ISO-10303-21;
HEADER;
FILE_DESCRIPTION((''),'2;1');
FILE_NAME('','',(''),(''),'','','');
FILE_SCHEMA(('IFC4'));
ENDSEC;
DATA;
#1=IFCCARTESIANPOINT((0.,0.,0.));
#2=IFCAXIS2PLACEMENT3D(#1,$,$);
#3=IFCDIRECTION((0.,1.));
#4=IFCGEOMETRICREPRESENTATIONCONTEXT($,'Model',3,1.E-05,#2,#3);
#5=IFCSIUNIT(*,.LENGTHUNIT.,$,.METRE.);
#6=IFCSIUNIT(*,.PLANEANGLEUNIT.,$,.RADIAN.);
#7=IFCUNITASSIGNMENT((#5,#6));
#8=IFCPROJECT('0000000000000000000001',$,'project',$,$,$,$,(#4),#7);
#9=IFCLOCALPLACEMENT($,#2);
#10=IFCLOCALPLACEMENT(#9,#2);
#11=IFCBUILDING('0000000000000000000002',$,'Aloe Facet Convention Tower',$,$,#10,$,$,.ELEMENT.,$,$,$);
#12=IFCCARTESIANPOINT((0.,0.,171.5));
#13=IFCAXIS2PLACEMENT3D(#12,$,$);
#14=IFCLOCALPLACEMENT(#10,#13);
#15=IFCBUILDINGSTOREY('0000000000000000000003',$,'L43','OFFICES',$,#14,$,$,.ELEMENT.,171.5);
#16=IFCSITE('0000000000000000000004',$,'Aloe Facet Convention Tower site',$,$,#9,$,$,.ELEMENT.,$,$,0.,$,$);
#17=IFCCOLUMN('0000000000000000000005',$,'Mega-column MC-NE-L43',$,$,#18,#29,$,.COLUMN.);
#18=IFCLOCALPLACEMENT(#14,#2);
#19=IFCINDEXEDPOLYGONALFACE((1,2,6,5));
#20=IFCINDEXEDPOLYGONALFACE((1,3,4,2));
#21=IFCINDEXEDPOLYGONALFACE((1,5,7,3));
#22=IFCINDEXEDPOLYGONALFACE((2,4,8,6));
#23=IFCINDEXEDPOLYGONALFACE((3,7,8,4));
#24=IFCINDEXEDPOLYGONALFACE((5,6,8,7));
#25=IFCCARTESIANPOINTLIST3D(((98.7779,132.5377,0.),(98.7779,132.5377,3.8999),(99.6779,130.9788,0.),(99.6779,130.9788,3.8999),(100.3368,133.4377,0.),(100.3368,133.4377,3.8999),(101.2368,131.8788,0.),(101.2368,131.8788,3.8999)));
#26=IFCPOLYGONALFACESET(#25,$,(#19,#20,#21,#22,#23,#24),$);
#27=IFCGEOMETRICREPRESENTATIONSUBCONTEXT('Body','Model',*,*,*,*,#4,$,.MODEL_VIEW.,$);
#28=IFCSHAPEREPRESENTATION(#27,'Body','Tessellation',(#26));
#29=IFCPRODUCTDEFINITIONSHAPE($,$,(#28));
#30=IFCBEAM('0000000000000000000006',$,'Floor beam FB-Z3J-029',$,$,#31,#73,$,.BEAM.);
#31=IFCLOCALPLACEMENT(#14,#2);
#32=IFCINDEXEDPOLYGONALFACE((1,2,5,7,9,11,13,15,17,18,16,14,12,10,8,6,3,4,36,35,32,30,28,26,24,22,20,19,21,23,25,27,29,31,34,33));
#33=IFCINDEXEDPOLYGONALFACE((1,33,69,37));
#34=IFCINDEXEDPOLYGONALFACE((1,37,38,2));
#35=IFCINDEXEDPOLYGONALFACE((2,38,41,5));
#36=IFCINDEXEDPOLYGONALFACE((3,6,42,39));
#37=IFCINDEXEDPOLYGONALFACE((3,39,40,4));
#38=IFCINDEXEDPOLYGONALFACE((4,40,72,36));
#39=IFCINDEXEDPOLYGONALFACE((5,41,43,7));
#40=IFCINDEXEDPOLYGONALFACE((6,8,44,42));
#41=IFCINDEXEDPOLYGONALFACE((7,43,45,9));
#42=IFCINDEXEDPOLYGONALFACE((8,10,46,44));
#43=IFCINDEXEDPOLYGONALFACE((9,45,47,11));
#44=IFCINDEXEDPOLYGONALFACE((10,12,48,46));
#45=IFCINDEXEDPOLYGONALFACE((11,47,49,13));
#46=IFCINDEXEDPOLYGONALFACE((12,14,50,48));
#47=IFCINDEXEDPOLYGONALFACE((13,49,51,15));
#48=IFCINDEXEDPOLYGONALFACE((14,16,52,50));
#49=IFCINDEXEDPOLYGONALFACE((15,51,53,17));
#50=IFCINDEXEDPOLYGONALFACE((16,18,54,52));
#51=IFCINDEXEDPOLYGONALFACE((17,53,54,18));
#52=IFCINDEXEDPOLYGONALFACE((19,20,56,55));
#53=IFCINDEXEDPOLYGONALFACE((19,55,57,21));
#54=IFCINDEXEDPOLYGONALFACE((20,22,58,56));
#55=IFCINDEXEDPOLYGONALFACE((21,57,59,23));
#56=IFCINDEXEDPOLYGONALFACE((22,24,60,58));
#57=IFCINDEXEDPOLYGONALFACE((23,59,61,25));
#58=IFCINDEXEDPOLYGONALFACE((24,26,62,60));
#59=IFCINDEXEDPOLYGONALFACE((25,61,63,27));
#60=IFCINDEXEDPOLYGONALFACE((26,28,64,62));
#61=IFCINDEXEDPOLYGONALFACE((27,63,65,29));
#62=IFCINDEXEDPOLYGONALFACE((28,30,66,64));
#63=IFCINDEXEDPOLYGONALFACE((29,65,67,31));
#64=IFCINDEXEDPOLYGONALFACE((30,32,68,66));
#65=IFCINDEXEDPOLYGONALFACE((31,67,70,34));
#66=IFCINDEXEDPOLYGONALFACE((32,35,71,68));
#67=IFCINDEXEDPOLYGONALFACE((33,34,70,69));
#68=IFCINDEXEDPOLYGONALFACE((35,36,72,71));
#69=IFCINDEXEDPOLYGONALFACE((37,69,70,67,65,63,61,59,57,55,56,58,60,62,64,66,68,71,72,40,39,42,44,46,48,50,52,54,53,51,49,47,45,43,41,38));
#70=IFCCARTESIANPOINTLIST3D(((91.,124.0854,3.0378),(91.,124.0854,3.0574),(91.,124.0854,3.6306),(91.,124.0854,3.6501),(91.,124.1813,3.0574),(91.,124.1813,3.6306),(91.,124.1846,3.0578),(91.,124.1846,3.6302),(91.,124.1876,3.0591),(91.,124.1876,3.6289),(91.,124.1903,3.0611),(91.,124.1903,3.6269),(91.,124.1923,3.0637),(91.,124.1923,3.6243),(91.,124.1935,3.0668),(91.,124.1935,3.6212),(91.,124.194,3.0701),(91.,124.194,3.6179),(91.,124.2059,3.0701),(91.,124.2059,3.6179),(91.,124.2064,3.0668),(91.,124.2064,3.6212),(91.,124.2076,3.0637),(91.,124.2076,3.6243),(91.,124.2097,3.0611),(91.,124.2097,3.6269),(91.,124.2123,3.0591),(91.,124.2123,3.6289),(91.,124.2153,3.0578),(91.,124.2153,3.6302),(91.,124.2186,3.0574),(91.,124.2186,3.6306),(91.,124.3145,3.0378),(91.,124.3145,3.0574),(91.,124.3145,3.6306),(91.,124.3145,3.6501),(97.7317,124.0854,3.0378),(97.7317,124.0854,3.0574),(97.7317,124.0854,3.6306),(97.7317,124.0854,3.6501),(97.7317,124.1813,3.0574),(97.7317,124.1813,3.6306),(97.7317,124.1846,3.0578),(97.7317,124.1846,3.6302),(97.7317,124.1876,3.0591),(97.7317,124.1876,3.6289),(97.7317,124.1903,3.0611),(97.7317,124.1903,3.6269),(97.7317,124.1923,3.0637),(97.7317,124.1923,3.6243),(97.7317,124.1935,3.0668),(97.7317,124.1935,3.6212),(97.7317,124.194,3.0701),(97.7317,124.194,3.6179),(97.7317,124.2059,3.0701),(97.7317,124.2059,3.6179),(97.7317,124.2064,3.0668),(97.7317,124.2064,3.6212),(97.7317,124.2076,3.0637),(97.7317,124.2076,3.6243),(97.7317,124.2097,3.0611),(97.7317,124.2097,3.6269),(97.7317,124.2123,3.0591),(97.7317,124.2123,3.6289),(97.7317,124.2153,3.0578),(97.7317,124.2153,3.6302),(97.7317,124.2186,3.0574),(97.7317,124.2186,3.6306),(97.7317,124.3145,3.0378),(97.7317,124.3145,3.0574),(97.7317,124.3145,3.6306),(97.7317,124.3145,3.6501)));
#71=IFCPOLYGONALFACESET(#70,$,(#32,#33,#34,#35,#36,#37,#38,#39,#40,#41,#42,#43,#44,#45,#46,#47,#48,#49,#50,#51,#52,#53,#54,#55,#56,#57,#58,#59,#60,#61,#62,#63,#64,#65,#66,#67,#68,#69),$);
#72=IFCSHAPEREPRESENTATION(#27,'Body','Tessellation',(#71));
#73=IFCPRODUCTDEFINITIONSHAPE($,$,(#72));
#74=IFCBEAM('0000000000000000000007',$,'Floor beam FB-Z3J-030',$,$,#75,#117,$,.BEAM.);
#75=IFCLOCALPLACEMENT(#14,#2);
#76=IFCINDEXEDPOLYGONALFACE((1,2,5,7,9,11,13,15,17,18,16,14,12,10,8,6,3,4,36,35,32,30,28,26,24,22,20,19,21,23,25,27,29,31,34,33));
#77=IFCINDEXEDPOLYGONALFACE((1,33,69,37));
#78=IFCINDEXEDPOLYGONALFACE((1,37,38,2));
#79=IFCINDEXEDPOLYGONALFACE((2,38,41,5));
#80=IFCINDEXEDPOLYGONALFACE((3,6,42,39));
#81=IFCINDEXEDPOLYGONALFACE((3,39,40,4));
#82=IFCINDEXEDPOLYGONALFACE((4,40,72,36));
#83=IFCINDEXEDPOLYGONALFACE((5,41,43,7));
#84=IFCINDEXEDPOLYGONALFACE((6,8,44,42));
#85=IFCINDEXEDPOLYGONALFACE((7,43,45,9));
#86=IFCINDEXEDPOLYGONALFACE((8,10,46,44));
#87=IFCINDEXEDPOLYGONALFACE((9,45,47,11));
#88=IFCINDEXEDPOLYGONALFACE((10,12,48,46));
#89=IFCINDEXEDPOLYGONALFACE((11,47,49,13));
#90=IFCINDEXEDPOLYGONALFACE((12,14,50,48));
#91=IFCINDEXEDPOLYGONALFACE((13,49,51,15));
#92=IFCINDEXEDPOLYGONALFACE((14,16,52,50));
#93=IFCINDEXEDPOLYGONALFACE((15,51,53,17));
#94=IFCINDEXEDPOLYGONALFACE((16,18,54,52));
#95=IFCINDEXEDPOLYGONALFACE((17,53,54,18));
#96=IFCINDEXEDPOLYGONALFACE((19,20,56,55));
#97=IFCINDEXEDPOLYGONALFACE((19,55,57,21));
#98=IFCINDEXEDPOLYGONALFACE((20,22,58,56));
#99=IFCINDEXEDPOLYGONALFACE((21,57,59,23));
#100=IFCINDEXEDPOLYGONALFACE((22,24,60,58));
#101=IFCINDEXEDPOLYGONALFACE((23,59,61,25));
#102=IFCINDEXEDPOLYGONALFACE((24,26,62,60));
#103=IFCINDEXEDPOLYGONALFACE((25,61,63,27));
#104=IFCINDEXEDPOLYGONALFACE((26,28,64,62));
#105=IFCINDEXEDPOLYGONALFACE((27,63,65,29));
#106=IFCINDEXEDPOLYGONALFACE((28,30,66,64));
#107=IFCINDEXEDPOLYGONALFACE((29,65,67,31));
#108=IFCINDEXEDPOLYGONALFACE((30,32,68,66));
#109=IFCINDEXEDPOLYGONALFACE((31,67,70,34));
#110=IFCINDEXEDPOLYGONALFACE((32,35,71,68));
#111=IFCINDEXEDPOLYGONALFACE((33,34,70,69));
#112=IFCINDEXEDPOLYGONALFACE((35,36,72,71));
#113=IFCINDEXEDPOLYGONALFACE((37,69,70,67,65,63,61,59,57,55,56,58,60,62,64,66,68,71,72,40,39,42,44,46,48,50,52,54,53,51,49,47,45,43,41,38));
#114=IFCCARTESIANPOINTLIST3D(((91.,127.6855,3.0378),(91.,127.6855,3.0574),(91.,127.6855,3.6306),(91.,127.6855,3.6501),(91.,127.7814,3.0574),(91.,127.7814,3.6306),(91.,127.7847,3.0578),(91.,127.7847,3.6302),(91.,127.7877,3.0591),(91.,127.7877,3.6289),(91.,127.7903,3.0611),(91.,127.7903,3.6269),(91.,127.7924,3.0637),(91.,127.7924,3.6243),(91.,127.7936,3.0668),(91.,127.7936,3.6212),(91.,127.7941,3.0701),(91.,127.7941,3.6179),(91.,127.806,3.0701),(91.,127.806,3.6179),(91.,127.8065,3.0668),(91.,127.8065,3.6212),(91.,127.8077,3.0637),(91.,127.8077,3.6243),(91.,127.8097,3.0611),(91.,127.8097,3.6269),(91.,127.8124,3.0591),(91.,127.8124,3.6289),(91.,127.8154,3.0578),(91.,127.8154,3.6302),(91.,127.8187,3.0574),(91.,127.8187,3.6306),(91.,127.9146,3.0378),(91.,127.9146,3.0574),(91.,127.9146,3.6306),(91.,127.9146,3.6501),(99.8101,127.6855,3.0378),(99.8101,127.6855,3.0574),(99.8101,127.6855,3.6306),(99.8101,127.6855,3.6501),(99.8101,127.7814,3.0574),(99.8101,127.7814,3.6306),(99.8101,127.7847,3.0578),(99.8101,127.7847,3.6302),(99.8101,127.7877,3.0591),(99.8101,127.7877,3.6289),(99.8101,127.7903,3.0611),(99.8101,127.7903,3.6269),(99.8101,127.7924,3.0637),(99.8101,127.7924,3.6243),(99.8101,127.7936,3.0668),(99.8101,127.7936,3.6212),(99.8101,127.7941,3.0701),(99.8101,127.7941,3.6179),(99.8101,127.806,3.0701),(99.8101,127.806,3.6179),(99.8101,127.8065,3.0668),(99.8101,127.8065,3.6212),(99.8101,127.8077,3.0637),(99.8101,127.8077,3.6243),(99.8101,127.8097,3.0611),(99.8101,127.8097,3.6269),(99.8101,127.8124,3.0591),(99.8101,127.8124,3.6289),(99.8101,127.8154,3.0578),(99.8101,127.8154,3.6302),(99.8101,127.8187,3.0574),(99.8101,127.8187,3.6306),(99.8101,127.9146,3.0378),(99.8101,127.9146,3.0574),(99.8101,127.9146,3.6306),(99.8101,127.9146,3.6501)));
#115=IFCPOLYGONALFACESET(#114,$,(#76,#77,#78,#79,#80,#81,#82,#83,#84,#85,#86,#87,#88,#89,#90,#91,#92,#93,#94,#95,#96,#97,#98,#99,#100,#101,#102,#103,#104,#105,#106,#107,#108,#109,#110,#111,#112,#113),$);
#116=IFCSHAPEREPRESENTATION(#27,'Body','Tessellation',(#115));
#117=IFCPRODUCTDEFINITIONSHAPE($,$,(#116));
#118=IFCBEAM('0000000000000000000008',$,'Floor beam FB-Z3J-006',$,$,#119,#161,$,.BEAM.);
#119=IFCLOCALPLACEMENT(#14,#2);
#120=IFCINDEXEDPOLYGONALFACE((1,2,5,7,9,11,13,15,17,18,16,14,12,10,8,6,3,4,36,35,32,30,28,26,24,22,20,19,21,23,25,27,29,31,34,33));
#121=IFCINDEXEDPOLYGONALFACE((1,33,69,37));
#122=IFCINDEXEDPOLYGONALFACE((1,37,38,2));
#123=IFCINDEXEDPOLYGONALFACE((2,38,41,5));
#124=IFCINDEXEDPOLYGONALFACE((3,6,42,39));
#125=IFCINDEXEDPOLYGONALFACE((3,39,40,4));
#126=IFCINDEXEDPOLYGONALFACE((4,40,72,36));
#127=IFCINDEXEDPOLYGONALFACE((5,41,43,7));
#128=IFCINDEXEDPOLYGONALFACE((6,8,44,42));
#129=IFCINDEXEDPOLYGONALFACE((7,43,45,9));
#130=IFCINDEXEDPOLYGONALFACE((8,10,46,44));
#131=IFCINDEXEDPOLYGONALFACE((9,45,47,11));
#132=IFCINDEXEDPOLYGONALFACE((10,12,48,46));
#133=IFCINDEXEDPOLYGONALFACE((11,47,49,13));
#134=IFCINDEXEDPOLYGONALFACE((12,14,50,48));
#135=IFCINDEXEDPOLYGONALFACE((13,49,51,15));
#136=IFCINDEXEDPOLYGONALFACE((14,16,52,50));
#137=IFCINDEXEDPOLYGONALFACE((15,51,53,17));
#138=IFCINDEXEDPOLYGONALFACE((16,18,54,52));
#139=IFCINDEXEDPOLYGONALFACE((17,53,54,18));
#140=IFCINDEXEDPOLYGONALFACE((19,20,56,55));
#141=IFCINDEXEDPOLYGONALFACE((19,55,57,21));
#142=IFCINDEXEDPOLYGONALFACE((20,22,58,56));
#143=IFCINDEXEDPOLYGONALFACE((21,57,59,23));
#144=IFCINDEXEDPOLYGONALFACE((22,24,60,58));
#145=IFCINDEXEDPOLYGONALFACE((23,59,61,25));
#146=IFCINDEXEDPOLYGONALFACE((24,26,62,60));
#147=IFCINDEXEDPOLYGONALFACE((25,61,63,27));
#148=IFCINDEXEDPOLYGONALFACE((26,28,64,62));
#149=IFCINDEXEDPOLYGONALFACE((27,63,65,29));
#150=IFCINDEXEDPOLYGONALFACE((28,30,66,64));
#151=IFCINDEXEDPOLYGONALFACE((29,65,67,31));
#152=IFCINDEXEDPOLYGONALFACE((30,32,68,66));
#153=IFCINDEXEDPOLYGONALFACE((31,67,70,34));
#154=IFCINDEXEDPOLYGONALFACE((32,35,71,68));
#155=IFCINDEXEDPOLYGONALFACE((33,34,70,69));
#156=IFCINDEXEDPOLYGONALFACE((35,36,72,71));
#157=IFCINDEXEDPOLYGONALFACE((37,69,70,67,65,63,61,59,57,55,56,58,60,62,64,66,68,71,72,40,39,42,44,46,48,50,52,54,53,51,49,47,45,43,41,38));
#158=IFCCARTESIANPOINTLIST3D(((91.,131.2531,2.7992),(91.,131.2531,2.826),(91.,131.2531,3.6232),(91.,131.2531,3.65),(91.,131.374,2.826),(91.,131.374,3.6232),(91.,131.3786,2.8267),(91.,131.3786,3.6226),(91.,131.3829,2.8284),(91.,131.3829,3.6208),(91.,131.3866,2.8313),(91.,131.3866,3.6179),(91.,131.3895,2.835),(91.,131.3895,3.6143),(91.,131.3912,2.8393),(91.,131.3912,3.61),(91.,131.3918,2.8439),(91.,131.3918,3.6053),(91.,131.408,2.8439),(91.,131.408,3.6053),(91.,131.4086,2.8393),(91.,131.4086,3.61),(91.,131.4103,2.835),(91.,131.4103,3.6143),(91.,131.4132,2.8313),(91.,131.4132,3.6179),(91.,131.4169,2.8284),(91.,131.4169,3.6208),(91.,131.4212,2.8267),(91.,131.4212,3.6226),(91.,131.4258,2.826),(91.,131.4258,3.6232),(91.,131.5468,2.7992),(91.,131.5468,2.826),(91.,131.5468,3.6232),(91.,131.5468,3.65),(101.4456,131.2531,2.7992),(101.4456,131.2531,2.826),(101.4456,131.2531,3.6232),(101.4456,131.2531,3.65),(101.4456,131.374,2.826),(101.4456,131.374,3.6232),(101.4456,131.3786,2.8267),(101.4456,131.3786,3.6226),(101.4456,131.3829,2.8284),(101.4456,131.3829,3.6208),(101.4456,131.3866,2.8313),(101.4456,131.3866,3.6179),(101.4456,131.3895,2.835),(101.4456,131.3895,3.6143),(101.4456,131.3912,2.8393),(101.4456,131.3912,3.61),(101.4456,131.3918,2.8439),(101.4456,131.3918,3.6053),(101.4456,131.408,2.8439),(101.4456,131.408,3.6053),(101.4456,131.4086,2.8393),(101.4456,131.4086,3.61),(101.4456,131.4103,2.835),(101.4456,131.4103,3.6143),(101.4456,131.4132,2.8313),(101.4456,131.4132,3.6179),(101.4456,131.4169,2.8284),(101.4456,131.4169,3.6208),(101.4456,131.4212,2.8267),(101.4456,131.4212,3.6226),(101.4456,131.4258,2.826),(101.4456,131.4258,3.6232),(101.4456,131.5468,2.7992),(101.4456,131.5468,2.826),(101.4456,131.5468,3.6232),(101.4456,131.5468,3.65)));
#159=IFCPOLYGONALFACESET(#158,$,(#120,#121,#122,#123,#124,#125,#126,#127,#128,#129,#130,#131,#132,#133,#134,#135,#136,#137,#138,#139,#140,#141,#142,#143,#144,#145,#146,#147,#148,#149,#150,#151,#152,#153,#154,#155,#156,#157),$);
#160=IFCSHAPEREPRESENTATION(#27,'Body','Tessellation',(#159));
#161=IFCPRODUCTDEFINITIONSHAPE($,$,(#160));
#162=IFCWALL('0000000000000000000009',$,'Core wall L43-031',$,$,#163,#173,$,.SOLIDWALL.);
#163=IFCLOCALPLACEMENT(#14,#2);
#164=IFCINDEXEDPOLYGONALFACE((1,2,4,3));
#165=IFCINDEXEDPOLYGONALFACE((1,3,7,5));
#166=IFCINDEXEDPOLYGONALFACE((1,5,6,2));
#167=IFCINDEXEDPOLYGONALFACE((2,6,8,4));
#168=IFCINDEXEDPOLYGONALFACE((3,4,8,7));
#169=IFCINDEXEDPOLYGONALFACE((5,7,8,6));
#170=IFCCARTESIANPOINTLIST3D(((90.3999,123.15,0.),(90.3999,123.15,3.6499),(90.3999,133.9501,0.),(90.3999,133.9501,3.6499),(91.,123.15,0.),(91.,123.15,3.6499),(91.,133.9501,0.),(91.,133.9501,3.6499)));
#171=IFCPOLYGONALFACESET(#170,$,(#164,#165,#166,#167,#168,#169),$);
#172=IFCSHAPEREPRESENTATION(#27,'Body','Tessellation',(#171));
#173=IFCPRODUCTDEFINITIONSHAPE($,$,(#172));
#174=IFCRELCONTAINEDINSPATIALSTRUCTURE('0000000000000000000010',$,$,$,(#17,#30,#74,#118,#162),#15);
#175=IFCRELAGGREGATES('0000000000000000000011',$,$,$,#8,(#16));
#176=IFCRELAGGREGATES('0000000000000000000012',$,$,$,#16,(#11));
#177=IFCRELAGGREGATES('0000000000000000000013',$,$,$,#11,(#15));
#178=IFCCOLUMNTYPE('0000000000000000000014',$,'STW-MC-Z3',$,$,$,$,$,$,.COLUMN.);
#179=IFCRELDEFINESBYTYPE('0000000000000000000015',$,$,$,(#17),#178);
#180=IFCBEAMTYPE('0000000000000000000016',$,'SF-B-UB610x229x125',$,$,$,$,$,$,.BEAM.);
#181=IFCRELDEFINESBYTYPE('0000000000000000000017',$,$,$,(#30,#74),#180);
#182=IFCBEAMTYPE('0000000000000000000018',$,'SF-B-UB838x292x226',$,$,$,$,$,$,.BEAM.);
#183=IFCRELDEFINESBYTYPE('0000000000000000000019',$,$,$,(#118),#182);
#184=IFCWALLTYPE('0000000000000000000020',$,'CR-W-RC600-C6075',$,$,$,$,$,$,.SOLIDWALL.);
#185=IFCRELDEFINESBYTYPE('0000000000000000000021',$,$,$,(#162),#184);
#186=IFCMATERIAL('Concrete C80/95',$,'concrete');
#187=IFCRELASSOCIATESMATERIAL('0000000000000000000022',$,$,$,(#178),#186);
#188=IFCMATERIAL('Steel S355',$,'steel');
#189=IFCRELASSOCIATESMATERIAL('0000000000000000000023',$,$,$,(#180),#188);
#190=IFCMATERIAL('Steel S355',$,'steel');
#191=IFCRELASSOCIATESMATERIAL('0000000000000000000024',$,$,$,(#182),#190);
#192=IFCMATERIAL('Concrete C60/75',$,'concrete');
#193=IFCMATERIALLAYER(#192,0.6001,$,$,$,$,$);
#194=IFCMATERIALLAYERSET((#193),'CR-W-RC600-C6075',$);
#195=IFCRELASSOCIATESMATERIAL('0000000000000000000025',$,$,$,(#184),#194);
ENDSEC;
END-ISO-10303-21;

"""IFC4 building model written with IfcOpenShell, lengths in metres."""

from ifc_helpers import new_model, si_unit, direction, frame, frame_2d, origin, origin_2d, place, context, subcontext, project, spatial, rectangle, i_section, extrude, material, layer, layer_set, material_profile, profile_set, type_object, element, save


model = new_model("IFC4")

# Units and contexts
model_context = context("Model", 3, precision=1e-05, world=origin(), true_north=direction((0.0, 1.0)))
body_context = subcontext(model_context, "Body", "Model", "MODEL_VIEW")
ifc_project = project(units=[si_unit("LENGTHUNIT", "METRE"), si_unit("PLANEANGLEUNIT", "RADIAN")], contexts=[model_context])

# Site, building, storey
site_placement = place(None, origin())
site = spatial("IfcSite", under=ifc_project, at=site_placement, Name="Aloe Facet Convention Tower site", CompositionType="ELEMENT", RefElevation=0.0)
building_placement = place(site_placement, origin())
building = spatial("IfcBuilding", under=site, at=building_placement, Name="Aloe Facet Convention Tower", CompositionType="ELEMENT")
storey_placement = place(building_placement, frame((0.0, 0.0, 171.5)))
storey = spatial("IfcBuildingStorey", under=building, at=storey_placement, Name="L43", Description="OFFICES", CompositionType="ELEMENT", Elevation=171.5)

# Column
ifc_material_1 = material(Name="Concrete C80/95", Category="concrete")
ifc_material_profile_1 = material_profile(ifc_material_1, rectangle(XDim=1.8, YDim=1.8, at=origin_2d()), Name="STW-MC-Z3")
ifc_profile_set_1 = profile_set([ifc_material_profile_1], Name="Concrete C80/95")
column_type = type_object("IfcColumnType", Name="STW-MC-Z3", PredefinedType="COLUMN", material=ifc_profile_set_1)
column_placement = place(storey_placement, frame((100.0073, 132.2083, 0.0), z_axis=(0.0, 0.0, 1.0), x_axis=(-0.5, 0.866025, 0.0)))
element("IfcColumn", 1, at=column_placement, inside=storey, type_object=column_type, Name="Mega-column MC-NE-L43", PredefinedType="COLUMN", context=body_context, shape_type="SweptSolid", body=[
    extrude(rectangle(XDim=1.8, YDim=1.8, at=origin_2d()), origin(), (0.0, 0.0, 1.0), 3.8999),
])

# Beams
ifc_material_2 = material(Name="Steel S355", Category="steel")
ifc_material_profile_2 = material_profile(ifc_material_2, i_section(OverallWidth=0.229, OverallDepth=0.6123, WebThickness=0.012, FlangeThickness=0.0195, FilletRadius=0.0127, at=origin_2d()), Name="UB 610x229x125")
ifc_profile_set_2 = profile_set([ifc_material_profile_2], Name="Steel S355")
beam_type_1 = type_object("IfcBeamType", Name="SF-B-UB610x229x125", PredefinedType="BEAM", material=ifc_profile_set_2)
beam_1_placement = place(storey_placement, frame((91.0, 124.2, 3.344), z_axis=(1.0, 0.0, 0.0), x_axis=(0.0, 1.0, 0.0)))
element("IfcBeam", 2, at=beam_1_placement, inside=storey, type_object=beam_type_1, Name="Floor beam FB-Z3J-029", PredefinedType="BEAM", context=body_context, shape_type="SweptSolid", body=[
    extrude(i_section(OverallWidth=0.229, OverallDepth=0.6123, WebThickness=0.012, FlangeThickness=0.0195, FilletRadius=0.0127, at=origin_2d()), origin(), (0.0, 0.0, 1.0), 6.7317),
])
beam_2_placement = place(storey_placement, frame((91.0, 127.8, 3.344), z_axis=(1.0, 0.0, 0.0), x_axis=(0.0, 1.0, 0.0)))
element("IfcBeam", 3, at=beam_2_placement, inside=storey, type_object=beam_type_1, Name="Floor beam FB-Z3J-030", PredefinedType="BEAM", context=body_context, shape_type="SweptSolid", body=[
    extrude(i_section(OverallWidth=0.229, OverallDepth=0.6123, WebThickness=0.012, FlangeThickness=0.0195, FilletRadius=0.0127, at=origin_2d()), origin(), (0.0, 0.0, 1.0), 8.8101),
])
ifc_material_3 = material(Name="Steel S355", Category="steel")
ifc_material_profile_3 = material_profile(ifc_material_3, i_section(OverallWidth=0.2937, OverallDepth=0.8508, WebThickness=0.0161, FlangeThickness=0.0269, FilletRadius=0.0178, at=origin_2d()), Name="UB 838x292x226")
ifc_profile_set_3 = profile_set([ifc_material_profile_3], Name="Steel S355")
beam_type_2 = type_object("IfcBeamType", Name="SF-B-UB838x292x226", PredefinedType="BEAM", material=ifc_profile_set_3)
beam_3_placement = place(storey_placement, frame((91.0, 131.3999, 3.2246), z_axis=(1.0, 0.0, 0.0), x_axis=(0.0, 1.0, 0.0)))
element("IfcBeam", 4, at=beam_3_placement, inside=storey, type_object=beam_type_2, Name="Floor beam FB-Z3J-006", PredefinedType="BEAM", context=body_context, shape_type="SweptSolid", body=[
    extrude(i_section(OverallWidth=0.2937, OverallDepth=0.8508, WebThickness=0.0161, FlangeThickness=0.0269, FilletRadius=0.0178, at=origin_2d()), origin(), (0.0, 0.0, 1.0), 10.4456),
])

# Wall
ifc_material_4 = material(Name="Concrete C60/75", Category="concrete")
ifc_layer_1 = layer(ifc_material_4, 0.6001)
ifc_layer_set_1 = layer_set([ifc_layer_1], Name="CR-W-RC600-C6075")
wall_type_1 = type_object("IfcWallType", Name="CR-W-RC600-C6075", PredefinedType="SOLIDWALL", material=ifc_layer_set_1)
wall_1_placement = place(storey_placement, frame((90.7, 133.95, 0.0), z_axis=(0.0, 0.0, 1.0), x_axis=(0.0, -1.0, 0.0)))
element("IfcWall", 5, at=wall_1_placement, inside=storey, type_object=wall_type_1, Name="Core wall L43-031", PredefinedType="SOLIDWALL", context=body_context, shape_type="SweptSolid", body=[
    extrude(rectangle(XDim=10.8, YDim=0.6001, at=frame_2d((5.3999, 0.0))), origin(), (0.0, 0.0, 1.0), 3.6499),
])

save(model, "model.ifc")
